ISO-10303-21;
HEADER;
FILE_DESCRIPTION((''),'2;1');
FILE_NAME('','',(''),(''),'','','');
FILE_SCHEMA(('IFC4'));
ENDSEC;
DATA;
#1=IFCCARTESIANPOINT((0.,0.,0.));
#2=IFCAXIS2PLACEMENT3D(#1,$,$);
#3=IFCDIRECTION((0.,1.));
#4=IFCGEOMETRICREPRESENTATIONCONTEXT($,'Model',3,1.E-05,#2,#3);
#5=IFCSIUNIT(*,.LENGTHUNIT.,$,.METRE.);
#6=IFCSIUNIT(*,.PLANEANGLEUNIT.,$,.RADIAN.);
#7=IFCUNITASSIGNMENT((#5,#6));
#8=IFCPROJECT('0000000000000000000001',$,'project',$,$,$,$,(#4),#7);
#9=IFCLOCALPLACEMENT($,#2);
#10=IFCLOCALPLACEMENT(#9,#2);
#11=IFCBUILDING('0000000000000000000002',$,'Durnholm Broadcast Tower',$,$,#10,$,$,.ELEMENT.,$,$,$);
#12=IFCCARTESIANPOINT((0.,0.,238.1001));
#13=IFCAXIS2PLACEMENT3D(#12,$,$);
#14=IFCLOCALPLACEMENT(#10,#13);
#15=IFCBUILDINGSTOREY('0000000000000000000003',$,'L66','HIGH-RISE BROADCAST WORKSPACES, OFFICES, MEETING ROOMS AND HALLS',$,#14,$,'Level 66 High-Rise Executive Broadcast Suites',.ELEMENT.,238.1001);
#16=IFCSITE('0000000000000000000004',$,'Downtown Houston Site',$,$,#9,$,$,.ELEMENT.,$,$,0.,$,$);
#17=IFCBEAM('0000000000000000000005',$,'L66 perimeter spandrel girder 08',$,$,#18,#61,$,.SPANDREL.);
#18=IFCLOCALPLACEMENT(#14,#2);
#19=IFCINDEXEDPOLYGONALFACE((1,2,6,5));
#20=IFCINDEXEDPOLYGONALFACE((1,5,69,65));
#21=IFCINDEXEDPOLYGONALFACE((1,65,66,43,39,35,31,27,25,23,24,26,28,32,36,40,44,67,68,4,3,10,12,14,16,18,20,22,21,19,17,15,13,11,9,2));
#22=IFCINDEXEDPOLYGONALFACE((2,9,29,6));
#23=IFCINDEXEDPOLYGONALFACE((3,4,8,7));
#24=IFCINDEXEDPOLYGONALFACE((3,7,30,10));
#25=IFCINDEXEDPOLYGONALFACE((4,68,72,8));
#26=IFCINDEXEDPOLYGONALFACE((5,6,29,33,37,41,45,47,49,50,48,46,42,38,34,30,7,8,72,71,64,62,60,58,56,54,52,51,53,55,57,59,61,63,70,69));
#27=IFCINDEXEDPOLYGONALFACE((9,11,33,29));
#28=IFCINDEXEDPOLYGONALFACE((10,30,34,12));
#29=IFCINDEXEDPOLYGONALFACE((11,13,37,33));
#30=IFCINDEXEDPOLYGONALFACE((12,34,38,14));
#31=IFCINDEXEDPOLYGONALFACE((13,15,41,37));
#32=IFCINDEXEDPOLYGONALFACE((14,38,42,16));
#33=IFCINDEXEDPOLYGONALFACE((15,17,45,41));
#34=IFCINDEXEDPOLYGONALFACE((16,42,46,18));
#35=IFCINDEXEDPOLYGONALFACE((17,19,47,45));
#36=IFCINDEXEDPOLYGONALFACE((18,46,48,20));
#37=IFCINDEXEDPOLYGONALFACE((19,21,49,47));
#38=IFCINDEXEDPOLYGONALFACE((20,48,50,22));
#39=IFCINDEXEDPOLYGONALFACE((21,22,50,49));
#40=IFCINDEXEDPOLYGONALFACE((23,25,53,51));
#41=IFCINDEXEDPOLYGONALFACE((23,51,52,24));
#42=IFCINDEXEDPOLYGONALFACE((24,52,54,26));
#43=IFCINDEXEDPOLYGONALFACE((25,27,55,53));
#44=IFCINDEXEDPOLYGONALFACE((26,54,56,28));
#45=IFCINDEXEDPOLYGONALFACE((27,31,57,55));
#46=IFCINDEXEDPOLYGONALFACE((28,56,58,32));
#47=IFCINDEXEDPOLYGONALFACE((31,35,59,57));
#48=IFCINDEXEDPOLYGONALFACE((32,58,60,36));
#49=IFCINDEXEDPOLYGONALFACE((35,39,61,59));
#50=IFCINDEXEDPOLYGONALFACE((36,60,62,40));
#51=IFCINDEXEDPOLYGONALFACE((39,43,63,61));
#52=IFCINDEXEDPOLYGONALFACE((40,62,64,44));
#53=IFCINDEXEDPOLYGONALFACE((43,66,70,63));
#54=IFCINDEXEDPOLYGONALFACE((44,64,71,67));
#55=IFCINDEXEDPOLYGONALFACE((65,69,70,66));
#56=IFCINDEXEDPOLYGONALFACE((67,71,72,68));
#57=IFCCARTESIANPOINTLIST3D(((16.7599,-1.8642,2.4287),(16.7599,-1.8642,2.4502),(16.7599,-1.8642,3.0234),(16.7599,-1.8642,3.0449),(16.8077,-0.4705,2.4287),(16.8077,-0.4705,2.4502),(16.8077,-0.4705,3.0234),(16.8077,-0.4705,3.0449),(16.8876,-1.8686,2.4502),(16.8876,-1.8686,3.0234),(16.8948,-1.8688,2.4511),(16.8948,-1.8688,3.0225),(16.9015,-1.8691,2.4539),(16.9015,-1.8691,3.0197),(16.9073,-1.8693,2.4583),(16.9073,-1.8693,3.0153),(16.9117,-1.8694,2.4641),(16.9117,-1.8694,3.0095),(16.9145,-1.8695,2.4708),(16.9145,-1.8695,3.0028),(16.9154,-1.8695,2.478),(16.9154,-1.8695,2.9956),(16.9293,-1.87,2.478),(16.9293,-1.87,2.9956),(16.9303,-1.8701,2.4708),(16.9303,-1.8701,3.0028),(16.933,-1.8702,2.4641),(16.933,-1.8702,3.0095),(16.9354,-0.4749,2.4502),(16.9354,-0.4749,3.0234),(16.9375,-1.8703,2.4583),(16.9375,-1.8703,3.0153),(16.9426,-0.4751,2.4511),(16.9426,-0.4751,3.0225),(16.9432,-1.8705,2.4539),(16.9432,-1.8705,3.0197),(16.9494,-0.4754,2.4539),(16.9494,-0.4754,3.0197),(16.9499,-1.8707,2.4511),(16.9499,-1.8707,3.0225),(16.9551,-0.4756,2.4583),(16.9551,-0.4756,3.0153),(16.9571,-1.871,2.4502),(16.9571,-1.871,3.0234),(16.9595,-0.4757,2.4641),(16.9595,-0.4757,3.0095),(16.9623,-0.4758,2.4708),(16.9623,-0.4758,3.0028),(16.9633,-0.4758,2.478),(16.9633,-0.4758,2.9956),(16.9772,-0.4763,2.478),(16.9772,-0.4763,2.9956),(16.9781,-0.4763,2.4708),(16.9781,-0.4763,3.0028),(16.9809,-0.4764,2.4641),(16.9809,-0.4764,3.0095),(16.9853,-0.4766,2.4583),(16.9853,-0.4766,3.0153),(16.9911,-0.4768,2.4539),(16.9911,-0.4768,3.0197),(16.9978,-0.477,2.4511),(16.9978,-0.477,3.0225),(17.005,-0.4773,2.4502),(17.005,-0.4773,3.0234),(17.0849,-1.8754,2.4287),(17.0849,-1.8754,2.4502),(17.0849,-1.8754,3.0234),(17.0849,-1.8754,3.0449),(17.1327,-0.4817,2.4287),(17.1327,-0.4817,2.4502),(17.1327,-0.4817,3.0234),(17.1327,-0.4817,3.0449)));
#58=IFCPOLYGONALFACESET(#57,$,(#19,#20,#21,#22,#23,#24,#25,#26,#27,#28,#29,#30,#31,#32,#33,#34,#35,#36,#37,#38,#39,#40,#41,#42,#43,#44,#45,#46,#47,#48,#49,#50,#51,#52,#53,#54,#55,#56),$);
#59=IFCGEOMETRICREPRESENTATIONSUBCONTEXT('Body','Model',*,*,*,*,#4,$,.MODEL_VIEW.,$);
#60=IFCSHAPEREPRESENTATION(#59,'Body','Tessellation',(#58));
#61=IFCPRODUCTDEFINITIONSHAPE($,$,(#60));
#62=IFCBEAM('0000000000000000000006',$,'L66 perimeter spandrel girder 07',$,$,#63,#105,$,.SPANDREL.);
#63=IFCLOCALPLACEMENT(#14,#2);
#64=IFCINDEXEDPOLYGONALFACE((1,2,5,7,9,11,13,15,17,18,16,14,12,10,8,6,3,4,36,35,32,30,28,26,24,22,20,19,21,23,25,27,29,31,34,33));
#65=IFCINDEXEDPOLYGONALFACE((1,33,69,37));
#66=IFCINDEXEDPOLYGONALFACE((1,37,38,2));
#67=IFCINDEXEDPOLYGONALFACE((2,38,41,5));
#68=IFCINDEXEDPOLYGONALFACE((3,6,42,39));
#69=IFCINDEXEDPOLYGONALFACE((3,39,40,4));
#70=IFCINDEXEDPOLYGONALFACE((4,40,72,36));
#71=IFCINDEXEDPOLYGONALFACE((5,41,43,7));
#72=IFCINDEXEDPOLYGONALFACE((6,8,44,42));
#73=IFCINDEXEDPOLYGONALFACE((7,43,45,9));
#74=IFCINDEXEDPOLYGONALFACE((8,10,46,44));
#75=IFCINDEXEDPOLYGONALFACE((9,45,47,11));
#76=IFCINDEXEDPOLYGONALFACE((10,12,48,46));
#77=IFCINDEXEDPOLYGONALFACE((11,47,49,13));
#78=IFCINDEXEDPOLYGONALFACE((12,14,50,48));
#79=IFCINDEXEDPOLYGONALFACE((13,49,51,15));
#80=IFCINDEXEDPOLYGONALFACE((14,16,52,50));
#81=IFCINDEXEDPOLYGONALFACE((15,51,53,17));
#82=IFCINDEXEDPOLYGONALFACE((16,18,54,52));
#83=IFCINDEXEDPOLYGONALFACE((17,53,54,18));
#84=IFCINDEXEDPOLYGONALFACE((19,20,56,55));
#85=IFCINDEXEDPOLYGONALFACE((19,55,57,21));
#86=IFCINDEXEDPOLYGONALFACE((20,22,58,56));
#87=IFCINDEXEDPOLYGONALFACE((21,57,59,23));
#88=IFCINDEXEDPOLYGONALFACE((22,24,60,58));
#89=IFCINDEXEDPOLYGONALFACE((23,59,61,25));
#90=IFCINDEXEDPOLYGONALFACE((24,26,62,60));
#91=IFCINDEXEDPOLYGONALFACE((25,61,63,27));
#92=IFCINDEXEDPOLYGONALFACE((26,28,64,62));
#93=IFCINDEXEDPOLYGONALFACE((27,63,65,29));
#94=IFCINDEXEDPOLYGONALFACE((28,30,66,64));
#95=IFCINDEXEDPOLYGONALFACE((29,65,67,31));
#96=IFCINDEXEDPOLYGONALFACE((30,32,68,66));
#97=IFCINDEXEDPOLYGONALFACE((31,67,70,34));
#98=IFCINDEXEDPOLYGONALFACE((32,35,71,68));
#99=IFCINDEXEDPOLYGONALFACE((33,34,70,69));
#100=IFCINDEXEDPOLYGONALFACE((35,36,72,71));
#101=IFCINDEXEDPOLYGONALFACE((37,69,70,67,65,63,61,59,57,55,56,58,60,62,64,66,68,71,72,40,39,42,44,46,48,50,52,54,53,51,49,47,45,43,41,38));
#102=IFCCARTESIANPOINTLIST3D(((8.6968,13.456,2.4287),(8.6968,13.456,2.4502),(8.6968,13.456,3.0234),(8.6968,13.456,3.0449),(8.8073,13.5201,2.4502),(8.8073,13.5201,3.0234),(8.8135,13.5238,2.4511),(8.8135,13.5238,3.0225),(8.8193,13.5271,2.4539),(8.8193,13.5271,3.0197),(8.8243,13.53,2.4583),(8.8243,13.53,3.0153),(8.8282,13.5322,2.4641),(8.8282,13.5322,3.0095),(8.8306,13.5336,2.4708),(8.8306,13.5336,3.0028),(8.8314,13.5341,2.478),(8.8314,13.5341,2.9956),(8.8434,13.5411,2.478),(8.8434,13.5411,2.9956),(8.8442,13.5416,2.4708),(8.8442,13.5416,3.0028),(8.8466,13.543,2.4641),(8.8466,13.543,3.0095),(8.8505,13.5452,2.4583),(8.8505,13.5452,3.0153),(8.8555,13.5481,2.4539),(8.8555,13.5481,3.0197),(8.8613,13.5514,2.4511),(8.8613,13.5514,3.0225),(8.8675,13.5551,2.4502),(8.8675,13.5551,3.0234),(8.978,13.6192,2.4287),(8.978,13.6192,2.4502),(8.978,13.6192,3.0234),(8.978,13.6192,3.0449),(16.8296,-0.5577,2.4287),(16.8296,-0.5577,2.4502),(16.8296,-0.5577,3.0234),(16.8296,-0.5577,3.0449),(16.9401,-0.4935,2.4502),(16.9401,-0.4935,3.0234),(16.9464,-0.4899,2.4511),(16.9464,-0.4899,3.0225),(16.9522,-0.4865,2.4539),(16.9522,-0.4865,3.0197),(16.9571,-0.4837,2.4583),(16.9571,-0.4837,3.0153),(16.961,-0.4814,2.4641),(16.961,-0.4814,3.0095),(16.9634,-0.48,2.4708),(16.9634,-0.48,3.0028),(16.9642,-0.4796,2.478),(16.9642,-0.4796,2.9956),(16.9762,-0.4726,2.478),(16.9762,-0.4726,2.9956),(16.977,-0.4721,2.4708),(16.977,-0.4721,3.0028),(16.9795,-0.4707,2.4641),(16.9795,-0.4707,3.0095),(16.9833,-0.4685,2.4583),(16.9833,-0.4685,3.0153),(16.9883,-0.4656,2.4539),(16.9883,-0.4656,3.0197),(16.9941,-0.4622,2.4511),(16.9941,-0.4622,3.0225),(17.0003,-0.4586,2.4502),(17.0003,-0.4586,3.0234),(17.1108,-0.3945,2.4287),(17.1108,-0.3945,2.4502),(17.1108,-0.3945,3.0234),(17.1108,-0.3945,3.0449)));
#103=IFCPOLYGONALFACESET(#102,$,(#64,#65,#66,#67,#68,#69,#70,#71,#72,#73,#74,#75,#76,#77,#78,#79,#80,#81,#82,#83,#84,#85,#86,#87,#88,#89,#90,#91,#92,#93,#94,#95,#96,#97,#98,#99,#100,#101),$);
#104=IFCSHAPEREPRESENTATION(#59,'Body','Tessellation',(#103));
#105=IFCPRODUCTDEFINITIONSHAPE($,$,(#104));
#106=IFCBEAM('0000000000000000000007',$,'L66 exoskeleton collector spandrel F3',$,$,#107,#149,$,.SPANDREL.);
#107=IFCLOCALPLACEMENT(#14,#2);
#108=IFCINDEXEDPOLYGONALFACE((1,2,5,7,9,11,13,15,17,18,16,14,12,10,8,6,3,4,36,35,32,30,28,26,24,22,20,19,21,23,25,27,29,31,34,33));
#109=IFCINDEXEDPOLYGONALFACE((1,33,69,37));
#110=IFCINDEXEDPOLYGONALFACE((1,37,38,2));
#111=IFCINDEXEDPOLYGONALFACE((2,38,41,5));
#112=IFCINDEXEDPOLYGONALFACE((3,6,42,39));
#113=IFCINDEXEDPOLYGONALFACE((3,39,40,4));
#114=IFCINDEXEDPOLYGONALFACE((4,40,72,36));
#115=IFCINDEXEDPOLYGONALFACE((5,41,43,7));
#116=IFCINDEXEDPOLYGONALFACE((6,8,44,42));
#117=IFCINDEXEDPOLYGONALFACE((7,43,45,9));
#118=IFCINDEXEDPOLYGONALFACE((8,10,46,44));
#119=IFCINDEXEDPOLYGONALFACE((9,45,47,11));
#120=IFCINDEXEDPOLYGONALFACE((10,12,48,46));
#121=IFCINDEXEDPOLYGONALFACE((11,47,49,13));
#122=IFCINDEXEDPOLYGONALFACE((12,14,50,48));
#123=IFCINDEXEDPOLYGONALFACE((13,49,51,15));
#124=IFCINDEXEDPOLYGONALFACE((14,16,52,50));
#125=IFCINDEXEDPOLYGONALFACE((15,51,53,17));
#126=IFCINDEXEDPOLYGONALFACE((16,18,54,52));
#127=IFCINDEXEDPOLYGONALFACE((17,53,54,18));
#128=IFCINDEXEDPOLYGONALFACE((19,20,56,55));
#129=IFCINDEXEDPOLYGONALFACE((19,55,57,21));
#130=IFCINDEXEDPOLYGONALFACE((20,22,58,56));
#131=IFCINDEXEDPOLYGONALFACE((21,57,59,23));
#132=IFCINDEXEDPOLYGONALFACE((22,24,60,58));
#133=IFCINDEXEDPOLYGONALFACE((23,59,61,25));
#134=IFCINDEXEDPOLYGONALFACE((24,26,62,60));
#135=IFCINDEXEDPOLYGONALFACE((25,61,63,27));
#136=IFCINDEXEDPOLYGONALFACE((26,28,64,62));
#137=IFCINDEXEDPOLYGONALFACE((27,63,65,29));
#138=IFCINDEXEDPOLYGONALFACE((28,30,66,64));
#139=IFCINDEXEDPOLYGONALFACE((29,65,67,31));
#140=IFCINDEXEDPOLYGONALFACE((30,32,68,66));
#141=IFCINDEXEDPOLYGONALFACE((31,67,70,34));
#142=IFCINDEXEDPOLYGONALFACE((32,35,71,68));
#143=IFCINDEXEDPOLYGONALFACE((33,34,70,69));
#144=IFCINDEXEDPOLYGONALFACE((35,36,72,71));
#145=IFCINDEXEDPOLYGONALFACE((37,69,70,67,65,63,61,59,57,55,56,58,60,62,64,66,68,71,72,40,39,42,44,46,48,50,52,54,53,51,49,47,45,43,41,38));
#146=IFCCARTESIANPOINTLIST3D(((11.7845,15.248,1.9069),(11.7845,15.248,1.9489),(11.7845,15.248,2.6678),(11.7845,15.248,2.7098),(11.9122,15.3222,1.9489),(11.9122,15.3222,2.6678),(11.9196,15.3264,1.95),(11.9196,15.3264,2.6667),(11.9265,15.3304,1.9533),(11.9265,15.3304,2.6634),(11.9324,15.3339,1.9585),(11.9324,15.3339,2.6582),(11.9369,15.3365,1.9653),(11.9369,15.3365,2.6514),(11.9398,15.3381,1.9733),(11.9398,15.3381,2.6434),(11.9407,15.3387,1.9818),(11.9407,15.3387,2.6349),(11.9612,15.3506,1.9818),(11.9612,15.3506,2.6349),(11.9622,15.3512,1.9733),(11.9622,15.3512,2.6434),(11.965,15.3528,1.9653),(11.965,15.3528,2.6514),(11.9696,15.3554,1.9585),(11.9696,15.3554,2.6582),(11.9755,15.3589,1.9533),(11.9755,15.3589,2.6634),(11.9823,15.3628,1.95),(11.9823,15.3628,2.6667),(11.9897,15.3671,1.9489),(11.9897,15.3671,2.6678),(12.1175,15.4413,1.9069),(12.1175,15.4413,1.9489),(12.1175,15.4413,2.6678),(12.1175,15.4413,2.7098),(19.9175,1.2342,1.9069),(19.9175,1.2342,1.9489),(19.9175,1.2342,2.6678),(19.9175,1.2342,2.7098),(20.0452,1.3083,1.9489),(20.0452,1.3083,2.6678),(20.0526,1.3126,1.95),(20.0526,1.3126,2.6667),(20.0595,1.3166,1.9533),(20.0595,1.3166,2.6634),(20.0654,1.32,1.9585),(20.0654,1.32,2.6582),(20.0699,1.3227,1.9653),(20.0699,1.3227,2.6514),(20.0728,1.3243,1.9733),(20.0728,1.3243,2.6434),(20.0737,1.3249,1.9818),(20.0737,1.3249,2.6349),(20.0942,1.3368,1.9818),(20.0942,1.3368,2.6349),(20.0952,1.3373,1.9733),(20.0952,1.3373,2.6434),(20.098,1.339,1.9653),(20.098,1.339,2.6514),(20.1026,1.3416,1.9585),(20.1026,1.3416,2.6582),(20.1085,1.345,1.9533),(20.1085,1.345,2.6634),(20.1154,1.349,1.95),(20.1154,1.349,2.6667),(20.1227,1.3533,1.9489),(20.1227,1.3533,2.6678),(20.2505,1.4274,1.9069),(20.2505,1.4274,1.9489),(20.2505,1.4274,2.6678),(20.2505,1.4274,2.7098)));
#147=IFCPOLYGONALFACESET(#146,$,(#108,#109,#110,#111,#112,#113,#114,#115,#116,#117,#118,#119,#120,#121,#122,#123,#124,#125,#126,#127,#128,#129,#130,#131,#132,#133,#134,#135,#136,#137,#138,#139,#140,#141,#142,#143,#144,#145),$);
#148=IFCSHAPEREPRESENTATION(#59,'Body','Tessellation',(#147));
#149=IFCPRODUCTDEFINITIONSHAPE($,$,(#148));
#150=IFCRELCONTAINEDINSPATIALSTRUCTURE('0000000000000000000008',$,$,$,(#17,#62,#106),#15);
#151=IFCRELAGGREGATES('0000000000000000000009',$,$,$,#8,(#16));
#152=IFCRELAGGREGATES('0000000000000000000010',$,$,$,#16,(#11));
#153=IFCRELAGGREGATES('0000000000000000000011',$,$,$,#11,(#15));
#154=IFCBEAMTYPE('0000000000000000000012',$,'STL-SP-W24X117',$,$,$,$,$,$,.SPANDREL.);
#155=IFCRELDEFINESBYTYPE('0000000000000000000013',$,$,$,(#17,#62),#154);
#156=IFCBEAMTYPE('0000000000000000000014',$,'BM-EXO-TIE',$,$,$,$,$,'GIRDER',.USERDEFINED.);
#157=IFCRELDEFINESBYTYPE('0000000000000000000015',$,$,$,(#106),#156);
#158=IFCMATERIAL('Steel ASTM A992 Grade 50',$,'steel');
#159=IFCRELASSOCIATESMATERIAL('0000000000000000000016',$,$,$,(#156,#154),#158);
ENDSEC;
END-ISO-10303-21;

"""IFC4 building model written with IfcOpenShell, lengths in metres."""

from ifc_helpers import new_model, si_unit, direction, frame, origin, origin_2d, place, context, subcontext, project, spatial, i_section, extrude, source, transform, mapped, material, material_profile, profile_set, type_object, type_shapes, element, save


model = new_model("IFC4")

# Units and contexts
model_context = context("Model", 3, precision=1e-05, world=origin(), true_north=direction((0.0, 1.0)))
body_context = subcontext(model_context, "Body", "Model", "MODEL_VIEW")
ifc_project = project(units=[si_unit("LENGTHUNIT", "METRE"), si_unit("PLANEANGLEUNIT", "RADIAN")], contexts=[model_context])

# Site, building, storey
site_placement = place(None, origin())
site = spatial("IfcSite", under=ifc_project, at=site_placement, Name="Downtown Houston Site", CompositionType="ELEMENT", RefElevation=0.0)
building_placement = place(site_placement, origin())
building = spatial("IfcBuilding", under=site, at=building_placement, Name="Durnholm Broadcast Tower", CompositionType="ELEMENT")
storey_placement = place(building_placement, frame((0.0, 0.0, 238.1001)))
storey = spatial("IfcBuildingStorey", under=building, at=storey_placement, Name="L66", Description="HIGH-RISE BROADCAST WORKSPACES, OFFICES, MEETING ROOMS AND HALLS", LongName="Level 66 High-Rise Executive Broadcast Suites", CompositionType="ELEMENT", Elevation=238.1001)

# Beams
ifc_material_1 = material(Name="Steel ASTM A992 Grade 50", Category="steel")
ifc_material_profile_1 = material_profile(ifc_material_1, i_section(OverallWidth=0.385, OverallDepth=0.803, WebThickness=0.0237, FlangeThickness=0.042, FilletRadius=0.033, at=origin_2d()), Name="W30X261")
ifc_profile_set_1 = profile_set([ifc_material_profile_1], Name="Steel ASTM A992 Grade 50")
beam_type_1 = type_object("IfcBeamType", Name="BM-EXO-TIE", ElementType="GIRDER", PredefinedType="USERDEFINED", material=ifc_profile_set_1)
ifc_material_profile_2 = material_profile(ifc_material_1, i_section(OverallWidth=0.3252, OverallDepth=0.6162, WebThickness=0.0139, FlangeThickness=0.0215, FilletRadius=0.0278, at=origin_2d()), Name="W24X117")
ifc_profile_set_2 = profile_set([ifc_material_profile_2], Name="Steel ASTM A992 Grade 50")
beam_type_2 = type_object("IfcBeamType", Name="STL-SP-W24X117", PredefinedType="SPANDREL", material=ifc_profile_set_2)
shared_shape_1 = source(origin(), body_context, "Body", "SweptSolid", [
    extrude(i_section(OverallWidth=0.3252, OverallDepth=0.6162, WebThickness=0.0139, FlangeThickness=0.0215, FilletRadius=0.0278, at=origin_2d()), origin(), (0.0, 0.0, 1.0), 1.3945),
])
beam_1_placement = place(storey_placement, frame((16.9702, -0.4761, 2.7368), z_axis=(-0.034312, -0.999411, 0.0), x_axis=(0.999411, -0.034312, 0.0)))
element("IfcBeam", 1, at=beam_1_placement, inside=storey, type_object=beam_type_2, Name="L66 perimeter spandrel girder 08", PredefinedType="SPANDREL", context=body_context, shape_type="MappedRepresentation", body=[
    mapped(shared_shape_1, transform((0.0, 0.0, 0.0), x_axis=(1.0, 0.0, 0.0), y_axis=(0.0, 1.0, 0.0), z_axis=(0.0, 0.0, 1.0), scale=1.0)),
])
shared_shape_2 = source(origin(), body_context, "Body", "SweptSolid", [
    extrude(i_section(OverallWidth=0.3252, OverallDepth=0.6162, WebThickness=0.0139, FlangeThickness=0.0215, FilletRadius=0.0278, at=origin_2d()), origin(), (0.0, 0.0, 1.0), 16.2026),
])
type_shapes(beam_type_2, [shared_shape_1, shared_shape_2])
beam_2_placement = place(storey_placement, frame((8.8374, 13.5376, 2.7368), z_axis=(0.501944, -0.8649, 0.0), x_axis=(0.8649, 0.501944, 0.0)))
element("IfcBeam", 2, at=beam_2_placement, inside=storey, type_object=beam_type_2, Name="L66 perimeter spandrel girder 07", PredefinedType="SPANDREL", context=body_context, shape_type="MappedRepresentation", body=[
    mapped(shared_shape_2, transform((0.0, 0.0, 0.0), x_axis=(1.0, 0.0, 0.0), y_axis=(0.0, 1.0, 0.0), z_axis=(0.0, 0.0, 1.0), scale=1.0)),
])
shared_shape_3 = source(origin(), body_context, "Body", "SweptSolid", [
    extrude(i_section(OverallWidth=0.385, OverallDepth=0.803, WebThickness=0.0237, FlangeThickness=0.042, FilletRadius=0.033, at=origin_2d()), origin(), (0.0, 0.0, 1.0), 16.2029),
])
beam_3_placement = place(storey_placement, frame((20.084, 1.3308, 2.3083), z_axis=(-0.501948, 0.864898, 0.0), x_axis=(-0.864898, -0.501948, 0.0)))
element("IfcBeam", 3, at=beam_3_placement, inside=storey, type_object=beam_type_1, Name="L66 exoskeleton collector spandrel F3", PredefinedType="SPANDREL", context=body_context, shape_type="MappedRepresentation", body=[
    mapped(shared_shape_3, transform((0.0, 0.0, 0.0), x_axis=(1.0, 0.0, 0.0), y_axis=(0.0, 1.0, 0.0), z_axis=(0.0, 0.0, 1.0), scale=1.0)),
])

save(model, "model.ifc")
